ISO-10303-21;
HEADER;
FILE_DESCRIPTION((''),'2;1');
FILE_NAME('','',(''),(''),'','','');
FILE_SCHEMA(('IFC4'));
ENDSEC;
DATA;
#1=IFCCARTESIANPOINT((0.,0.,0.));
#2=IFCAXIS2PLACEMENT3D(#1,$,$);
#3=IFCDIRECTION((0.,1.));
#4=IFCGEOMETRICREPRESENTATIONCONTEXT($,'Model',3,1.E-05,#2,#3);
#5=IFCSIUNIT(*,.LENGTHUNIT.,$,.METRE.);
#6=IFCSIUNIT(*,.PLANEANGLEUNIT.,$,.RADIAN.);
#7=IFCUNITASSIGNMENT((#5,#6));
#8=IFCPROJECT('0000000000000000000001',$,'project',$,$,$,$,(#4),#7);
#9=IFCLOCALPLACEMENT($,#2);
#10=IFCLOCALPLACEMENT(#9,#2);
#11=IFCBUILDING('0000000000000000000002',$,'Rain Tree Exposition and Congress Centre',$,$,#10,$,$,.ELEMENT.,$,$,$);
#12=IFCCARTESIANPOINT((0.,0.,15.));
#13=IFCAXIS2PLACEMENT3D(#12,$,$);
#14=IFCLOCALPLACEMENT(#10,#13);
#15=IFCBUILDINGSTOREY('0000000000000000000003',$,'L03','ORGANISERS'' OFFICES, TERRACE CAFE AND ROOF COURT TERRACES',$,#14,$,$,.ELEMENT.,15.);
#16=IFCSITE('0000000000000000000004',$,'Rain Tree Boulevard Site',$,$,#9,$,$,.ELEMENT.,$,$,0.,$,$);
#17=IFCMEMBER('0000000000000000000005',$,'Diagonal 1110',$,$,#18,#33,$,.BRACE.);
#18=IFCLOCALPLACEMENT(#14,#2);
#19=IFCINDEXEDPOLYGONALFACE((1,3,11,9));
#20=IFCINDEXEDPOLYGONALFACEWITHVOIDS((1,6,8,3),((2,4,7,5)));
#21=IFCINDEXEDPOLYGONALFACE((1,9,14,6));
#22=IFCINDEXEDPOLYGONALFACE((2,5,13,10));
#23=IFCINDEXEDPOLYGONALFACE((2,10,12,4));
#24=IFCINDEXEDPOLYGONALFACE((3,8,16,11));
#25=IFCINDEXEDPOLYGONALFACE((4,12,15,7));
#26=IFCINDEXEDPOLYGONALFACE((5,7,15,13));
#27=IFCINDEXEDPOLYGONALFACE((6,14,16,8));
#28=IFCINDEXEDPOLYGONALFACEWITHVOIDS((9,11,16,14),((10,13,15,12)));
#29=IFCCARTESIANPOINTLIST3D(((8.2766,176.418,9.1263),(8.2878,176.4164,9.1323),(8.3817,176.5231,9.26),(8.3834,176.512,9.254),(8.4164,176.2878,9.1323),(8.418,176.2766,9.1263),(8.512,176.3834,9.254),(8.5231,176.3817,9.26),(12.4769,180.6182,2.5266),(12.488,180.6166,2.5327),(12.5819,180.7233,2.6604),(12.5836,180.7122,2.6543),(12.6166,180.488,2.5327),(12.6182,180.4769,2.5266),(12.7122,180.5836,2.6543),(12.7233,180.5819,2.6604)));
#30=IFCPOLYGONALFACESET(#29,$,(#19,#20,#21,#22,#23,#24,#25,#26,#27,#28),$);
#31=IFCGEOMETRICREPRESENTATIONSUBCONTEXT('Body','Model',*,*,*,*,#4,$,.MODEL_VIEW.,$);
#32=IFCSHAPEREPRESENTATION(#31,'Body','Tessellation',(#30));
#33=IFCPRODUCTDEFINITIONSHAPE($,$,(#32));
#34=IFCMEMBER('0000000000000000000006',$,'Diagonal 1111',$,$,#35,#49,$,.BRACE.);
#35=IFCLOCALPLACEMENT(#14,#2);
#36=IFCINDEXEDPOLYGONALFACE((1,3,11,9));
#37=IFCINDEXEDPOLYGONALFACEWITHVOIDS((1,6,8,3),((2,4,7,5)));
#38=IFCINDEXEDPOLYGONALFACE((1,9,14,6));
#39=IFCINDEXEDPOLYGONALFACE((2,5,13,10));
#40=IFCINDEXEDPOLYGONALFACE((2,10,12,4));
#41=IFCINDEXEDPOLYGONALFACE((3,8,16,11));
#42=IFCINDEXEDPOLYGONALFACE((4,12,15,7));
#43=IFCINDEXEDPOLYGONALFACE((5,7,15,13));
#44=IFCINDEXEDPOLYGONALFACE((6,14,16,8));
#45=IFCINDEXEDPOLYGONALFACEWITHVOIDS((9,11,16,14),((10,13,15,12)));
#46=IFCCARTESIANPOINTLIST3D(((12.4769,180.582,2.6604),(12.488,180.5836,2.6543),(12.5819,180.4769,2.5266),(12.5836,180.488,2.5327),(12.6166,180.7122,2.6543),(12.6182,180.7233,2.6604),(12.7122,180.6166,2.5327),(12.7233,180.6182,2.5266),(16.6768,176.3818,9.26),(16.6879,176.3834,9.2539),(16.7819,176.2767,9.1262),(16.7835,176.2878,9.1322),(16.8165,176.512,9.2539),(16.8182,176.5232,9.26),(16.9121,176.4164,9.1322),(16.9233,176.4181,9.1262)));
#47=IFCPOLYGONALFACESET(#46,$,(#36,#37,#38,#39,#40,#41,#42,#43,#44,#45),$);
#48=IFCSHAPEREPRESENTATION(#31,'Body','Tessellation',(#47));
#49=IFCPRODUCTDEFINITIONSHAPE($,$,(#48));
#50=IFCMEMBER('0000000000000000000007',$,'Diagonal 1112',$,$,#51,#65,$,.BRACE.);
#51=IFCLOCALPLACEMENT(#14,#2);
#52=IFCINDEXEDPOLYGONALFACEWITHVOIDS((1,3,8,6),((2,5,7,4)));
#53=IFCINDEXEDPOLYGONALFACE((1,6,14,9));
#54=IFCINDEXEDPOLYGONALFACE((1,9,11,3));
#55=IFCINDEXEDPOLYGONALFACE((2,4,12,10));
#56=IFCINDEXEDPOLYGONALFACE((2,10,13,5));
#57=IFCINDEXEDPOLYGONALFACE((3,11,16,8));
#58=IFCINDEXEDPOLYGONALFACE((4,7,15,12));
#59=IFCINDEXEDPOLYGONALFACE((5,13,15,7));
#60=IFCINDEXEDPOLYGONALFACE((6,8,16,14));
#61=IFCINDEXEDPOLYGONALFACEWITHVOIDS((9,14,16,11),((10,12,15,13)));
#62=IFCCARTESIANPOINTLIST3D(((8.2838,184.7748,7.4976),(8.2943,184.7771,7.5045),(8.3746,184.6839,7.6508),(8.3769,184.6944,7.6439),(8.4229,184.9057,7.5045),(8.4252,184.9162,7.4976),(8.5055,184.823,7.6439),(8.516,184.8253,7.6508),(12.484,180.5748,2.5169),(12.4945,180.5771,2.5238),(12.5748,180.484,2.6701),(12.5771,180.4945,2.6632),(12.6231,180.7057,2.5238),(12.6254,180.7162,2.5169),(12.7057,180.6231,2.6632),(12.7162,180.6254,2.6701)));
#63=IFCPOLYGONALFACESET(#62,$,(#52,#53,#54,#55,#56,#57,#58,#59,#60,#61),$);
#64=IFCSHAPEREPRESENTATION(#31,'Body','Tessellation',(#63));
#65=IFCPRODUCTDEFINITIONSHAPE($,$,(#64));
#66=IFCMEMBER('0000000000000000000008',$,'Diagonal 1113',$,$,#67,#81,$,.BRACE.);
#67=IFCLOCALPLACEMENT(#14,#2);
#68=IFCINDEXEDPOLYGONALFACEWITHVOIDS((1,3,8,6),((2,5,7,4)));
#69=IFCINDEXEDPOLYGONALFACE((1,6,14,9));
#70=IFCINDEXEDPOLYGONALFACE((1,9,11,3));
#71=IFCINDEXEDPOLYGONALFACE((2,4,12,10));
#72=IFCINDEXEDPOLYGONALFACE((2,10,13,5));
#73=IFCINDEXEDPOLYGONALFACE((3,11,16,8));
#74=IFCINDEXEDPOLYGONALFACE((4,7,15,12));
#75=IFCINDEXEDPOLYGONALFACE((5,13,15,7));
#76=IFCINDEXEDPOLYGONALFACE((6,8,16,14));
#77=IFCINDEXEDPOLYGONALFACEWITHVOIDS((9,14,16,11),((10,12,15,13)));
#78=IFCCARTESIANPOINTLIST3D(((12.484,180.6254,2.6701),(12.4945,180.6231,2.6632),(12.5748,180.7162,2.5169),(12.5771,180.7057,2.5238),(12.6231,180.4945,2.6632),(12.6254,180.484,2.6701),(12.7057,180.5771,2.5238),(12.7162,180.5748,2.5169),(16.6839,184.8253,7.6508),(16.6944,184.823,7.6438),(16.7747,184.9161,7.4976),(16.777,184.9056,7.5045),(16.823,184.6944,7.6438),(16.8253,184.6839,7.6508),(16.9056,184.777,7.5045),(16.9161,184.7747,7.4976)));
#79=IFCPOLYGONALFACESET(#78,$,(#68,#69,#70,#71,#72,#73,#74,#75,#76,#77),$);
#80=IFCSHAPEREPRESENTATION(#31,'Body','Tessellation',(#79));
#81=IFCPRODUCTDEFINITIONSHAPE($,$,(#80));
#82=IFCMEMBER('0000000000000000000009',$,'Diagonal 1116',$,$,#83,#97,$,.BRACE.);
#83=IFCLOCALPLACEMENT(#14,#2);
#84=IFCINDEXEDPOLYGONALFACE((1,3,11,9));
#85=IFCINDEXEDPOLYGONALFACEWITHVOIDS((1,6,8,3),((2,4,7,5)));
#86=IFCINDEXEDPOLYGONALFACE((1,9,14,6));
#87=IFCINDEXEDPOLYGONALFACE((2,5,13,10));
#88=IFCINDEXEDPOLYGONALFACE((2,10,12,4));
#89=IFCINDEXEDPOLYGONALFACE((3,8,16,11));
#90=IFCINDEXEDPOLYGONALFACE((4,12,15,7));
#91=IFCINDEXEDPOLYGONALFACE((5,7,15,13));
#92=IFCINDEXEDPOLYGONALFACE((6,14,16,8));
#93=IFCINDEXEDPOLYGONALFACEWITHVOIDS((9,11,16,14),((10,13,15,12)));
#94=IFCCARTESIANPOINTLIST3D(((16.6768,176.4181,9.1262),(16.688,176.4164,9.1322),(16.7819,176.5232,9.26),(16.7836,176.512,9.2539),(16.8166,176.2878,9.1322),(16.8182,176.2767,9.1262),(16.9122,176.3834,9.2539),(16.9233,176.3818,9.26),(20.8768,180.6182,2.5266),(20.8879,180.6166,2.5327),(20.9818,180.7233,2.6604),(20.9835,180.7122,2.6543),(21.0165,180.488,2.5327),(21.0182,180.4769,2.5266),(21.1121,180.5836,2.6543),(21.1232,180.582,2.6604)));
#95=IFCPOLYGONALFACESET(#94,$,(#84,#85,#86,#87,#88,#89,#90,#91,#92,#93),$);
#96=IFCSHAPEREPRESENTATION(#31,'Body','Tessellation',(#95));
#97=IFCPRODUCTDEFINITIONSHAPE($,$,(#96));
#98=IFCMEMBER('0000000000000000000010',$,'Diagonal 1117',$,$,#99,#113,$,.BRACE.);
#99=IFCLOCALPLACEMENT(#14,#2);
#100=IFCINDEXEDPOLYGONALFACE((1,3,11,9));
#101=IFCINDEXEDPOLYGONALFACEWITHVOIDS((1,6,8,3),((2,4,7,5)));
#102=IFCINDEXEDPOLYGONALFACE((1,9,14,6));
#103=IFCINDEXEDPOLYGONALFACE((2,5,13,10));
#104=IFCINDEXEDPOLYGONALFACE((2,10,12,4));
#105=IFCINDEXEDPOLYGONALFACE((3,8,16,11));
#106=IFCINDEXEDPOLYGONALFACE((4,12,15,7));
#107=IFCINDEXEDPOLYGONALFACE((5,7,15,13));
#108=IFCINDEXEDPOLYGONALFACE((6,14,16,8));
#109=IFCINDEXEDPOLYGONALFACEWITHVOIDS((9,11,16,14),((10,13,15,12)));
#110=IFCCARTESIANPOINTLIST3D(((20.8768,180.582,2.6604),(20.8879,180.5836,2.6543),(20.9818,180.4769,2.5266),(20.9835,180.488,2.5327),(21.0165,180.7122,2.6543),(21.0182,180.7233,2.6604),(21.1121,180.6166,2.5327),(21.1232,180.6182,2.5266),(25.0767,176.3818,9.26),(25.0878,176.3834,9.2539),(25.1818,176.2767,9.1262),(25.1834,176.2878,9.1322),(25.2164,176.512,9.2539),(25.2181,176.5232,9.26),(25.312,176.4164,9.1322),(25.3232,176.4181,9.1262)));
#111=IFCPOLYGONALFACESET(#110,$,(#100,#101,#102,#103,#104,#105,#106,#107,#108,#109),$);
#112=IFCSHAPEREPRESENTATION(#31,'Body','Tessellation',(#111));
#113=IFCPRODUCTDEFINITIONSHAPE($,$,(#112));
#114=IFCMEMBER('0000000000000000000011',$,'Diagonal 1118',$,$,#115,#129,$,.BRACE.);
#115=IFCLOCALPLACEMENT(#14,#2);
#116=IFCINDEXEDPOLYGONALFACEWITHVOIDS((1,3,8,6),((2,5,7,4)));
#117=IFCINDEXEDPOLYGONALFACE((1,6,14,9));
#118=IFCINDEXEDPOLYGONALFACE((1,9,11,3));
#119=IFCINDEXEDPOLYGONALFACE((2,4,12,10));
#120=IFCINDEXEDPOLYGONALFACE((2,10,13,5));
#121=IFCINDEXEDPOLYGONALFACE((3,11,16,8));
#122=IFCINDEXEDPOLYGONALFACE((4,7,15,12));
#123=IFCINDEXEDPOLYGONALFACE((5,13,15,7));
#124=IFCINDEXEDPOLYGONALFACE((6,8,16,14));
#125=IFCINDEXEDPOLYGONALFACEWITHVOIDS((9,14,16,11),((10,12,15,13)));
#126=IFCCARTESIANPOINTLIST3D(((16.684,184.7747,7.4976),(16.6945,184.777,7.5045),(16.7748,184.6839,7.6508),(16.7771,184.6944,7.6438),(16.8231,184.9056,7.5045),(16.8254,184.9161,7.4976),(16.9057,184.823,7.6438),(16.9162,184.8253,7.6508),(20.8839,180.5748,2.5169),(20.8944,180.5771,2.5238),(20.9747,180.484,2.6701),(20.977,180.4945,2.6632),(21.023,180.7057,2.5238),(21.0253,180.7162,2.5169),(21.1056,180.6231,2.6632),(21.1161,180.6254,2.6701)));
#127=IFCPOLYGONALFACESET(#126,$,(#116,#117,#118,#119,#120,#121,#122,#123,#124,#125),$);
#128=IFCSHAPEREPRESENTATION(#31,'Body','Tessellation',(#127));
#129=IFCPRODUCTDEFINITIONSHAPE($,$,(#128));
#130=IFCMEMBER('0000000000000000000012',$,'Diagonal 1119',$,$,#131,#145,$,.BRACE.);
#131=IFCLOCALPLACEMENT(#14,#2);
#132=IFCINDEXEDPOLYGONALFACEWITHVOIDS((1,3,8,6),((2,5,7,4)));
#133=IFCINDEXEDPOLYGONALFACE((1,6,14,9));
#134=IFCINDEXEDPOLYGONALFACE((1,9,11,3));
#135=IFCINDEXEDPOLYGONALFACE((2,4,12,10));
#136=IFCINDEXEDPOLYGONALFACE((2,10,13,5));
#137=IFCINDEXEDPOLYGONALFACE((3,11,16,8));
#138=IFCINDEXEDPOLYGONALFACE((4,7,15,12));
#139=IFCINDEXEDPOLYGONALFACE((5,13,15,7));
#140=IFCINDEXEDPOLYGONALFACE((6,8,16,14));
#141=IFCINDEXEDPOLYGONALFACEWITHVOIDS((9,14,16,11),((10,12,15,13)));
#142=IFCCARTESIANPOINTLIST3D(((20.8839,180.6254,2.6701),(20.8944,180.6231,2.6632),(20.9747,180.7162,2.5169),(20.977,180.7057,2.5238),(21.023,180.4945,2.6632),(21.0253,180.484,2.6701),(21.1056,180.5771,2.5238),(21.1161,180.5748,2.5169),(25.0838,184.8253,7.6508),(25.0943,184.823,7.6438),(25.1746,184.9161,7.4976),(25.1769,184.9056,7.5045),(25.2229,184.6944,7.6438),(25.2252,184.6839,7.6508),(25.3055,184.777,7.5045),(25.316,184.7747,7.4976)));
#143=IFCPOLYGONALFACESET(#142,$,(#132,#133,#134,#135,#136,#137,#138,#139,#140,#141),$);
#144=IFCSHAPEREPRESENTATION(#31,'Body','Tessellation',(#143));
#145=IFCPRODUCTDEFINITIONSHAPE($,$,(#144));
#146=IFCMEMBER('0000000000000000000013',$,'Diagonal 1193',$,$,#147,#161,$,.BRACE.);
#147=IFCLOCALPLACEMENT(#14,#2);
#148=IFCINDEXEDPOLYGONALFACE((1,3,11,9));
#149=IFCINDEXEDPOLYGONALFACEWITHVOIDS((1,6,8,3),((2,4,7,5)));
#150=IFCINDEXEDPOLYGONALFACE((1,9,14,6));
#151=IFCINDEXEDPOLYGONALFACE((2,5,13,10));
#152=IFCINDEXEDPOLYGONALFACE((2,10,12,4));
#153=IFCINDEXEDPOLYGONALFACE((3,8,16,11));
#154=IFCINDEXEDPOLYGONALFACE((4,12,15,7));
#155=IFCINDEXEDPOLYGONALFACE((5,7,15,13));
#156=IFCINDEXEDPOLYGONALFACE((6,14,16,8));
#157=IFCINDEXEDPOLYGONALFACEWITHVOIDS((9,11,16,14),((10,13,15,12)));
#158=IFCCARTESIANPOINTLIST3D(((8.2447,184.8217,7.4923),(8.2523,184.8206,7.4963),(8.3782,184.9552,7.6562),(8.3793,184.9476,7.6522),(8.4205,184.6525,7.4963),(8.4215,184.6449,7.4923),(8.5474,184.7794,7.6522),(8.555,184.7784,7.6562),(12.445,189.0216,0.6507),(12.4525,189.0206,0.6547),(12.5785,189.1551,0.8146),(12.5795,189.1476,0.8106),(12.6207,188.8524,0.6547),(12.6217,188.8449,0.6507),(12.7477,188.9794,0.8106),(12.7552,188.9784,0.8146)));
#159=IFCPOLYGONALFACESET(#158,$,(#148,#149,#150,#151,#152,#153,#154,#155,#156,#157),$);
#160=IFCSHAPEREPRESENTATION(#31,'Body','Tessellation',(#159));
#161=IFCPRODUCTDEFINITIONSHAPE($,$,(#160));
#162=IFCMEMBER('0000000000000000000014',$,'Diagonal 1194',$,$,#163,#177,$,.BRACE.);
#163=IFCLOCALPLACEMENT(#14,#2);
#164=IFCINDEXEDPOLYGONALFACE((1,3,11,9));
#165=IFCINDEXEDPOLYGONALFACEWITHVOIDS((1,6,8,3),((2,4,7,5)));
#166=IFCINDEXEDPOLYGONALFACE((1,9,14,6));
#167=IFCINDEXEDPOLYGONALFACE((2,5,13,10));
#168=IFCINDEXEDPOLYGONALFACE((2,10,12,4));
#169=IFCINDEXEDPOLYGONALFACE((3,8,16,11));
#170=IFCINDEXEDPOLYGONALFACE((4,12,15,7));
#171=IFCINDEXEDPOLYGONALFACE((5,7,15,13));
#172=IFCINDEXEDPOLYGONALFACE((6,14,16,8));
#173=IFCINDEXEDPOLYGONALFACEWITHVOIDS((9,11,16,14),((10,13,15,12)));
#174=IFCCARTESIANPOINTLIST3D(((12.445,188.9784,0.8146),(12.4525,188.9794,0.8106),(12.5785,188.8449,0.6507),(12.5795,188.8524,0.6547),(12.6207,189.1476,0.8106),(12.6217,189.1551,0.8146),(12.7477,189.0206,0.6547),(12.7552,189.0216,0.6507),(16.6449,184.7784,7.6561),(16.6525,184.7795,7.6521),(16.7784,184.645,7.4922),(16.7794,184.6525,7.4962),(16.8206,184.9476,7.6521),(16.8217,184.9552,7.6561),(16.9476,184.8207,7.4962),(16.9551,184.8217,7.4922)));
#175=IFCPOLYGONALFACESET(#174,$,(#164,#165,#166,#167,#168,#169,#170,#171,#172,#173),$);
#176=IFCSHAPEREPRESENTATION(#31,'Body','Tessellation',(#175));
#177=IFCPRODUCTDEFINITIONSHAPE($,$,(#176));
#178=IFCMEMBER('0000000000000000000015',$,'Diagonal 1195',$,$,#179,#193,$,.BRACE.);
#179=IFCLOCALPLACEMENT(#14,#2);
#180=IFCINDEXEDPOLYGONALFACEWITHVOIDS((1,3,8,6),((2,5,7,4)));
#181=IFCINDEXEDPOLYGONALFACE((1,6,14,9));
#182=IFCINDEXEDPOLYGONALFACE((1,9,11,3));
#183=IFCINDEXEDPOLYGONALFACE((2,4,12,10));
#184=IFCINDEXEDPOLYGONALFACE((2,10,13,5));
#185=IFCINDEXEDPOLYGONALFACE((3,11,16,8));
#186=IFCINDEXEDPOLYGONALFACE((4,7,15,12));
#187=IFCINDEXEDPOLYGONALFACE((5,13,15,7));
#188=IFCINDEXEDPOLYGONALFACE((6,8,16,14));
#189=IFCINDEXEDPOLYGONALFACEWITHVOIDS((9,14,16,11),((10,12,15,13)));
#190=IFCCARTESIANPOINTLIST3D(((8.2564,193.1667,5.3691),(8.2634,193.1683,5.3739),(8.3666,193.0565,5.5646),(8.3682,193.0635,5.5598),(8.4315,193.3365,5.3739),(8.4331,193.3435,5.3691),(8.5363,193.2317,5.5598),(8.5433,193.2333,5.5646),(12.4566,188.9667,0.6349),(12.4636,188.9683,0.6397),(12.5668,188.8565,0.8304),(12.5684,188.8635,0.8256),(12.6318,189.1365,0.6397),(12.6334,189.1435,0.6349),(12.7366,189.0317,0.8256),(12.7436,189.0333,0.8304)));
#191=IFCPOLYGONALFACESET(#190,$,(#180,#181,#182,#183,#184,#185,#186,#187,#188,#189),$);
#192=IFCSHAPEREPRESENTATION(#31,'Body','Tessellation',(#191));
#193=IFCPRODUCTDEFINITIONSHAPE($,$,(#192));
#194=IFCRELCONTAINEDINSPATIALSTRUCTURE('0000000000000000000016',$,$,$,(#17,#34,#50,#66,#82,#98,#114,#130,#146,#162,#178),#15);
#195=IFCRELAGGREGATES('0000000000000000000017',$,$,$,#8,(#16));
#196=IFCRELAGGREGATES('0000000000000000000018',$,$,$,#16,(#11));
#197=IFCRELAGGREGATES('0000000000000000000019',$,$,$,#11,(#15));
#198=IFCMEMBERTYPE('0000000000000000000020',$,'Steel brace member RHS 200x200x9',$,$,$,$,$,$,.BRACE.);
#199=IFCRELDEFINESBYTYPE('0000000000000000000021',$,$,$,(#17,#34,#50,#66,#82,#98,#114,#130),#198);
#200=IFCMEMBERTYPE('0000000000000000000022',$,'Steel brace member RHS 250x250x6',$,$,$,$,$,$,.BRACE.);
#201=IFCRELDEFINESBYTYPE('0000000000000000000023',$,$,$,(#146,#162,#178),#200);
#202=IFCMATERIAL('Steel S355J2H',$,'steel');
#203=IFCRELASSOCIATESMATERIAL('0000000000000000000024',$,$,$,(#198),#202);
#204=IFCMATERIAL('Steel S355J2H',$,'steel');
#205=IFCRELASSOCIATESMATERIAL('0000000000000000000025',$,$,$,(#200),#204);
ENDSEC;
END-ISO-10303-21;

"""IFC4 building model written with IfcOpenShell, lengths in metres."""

from ifc_helpers import new_model, si_unit, direction, frame, origin, origin_2d, place, context, subcontext, project, spatial, hollow_rectangle, extrude, material, material_profile, profile_set, type_object, element, save


model = new_model("IFC4")

# Units and contexts
model_context = context("Model", 3, precision=1e-05, world=origin(), true_north=direction((0.0, 1.0)))
body_context = subcontext(model_context, "Body", "Model", "MODEL_VIEW")
ifc_project = project(units=[si_unit("LENGTHUNIT", "METRE"), si_unit("PLANEANGLEUNIT", "RADIAN")], contexts=[model_context])

# Site, building, storey
site_placement = place(None, origin())
site = spatial("IfcSite", under=ifc_project, at=site_placement, Name="Rain Tree Boulevard Site", CompositionType="ELEMENT", RefElevation=0.0)
building_placement = place(site_placement, origin())
building = spatial("IfcBuilding", under=site, at=building_placement, Name="Rain Tree Exposition and Congress Centre", CompositionType="ELEMENT")
storey_placement = place(building_placement, frame((0.0, 0.0, 15.0)))
storey = spatial("IfcBuildingStorey", under=building, at=storey_placement, Name="L03", Description="ORGANISERS' OFFICES, TERRACE CAFE AND ROOF COURT TERRACES", CompositionType="ELEMENT", Elevation=15.0)

# Members
ifc_material_1 = material(Name="Steel S355J2H", Category="steel")
ifc_material_profile_1 = material_profile(ifc_material_1, hollow_rectangle(XDim=0.2, YDim=0.2, WallThickness=0.009, at=origin_2d()), Name="RHS 200x200x9")
ifc_profile_set_1 = profile_set([ifc_material_profile_1], Name="Steel S355J2H")
member_type_1 = type_object("IfcMemberType", Name="Steel brace member RHS 200x200x9", PredefinedType="BRACE", material=ifc_profile_set_1)
member_1_placement = place(storey_placement, frame((12.6001, 180.6001, 2.5935), z_axis=(-0.473044, -0.473044, 0.743276), x_axis=(0.707107, -0.707107, 0.0)))
element("IfcMember", 1, at=member_1_placement, inside=storey, type_object=member_type_1, Name="Diagonal 1110", PredefinedType="BRACE", context=body_context, shape_type="SweptSolid", body=[
    extrude(hollow_rectangle(XDim=0.2, YDim=0.2, WallThickness=0.009, at=origin_2d()), origin(), (0.0, 0.0, 1.0), 8.8792),
])
member_2_placement = place(storey_placement, frame((12.6001, 180.6001, 2.5935), z_axis=(0.473022, -0.47305, 0.743286), x_axis=(0.707127, 0.707086, 0.0)))
element("IfcMember", 2, at=member_2_placement, inside=storey, type_object=member_type_1, Name="Diagonal 1111", PredefinedType="BRACE", context=body_context, shape_type="SweptSolid", body=[
    extrude(hollow_rectangle(XDim=0.2, YDim=0.2, WallThickness=0.009, at=origin_2d()), origin(), (0.0, 0.0, 1.0), 8.8789),
])
member_3_placement = place(storey_placement, frame((12.6001, 180.6001, 2.5935), z_axis=(-0.541842, 0.541811, 0.642532), x_axis=(-0.707086, -0.707127, 0.0)))
element("IfcMember", 3, at=member_3_placement, inside=storey, type_object=member_type_1, Name="Diagonal 1112", PredefinedType="BRACE", context=body_context, shape_type="SweptSolid", body=[
    extrude(hollow_rectangle(XDim=0.2, YDim=0.2, WallThickness=0.009, at=origin_2d()), origin(), (0.0, 0.0, 1.0), 7.7517),
])
member_4_placement = place(storey_placement, frame((12.6001, 180.6001, 2.5935), z_axis=(0.54182, 0.54182, 0.642543), x_axis=(-0.707107, 0.707107, 0.0)))
element("IfcMember", 4, at=member_4_placement, inside=storey, type_object=member_type_1, Name="Diagonal 1113", PredefinedType="BRACE", context=body_context, shape_type="SweptSolid", body=[
    extrude(hollow_rectangle(XDim=0.2, YDim=0.2, WallThickness=0.009, at=origin_2d()), origin(), (0.0, 0.0, 1.0), 7.7515),
])
for number, where, z_axis, x_axis, name in (
    (5, (21.0, 180.6001, 2.5935), (-0.473022, -0.47305, 0.743286), (0.707127, -0.707086, 0.0), "Diagonal 1116"),
    (6, (21.0, 180.6001, 2.5935), (0.473022, -0.47305, 0.743286), (0.707127, 0.707086, 0.0), "Diagonal 1117"),
):
    element("IfcMember", number, at=place(storey_placement, frame(where, z_axis=z_axis, x_axis=x_axis)), inside=storey, type_object=member_type_1, Name=name, PredefinedType="BRACE", context=body_context, shape_type="SweptSolid", body=[
        extrude(hollow_rectangle(XDim=0.2, YDim=0.2, WallThickness=0.009, at=origin_2d()), origin(), (0.0, 0.0, 1.0), 8.8789),
    ])
for number, where, z_axis, x_axis, name in (
    (7, (21.0, 180.6001, 2.5935), (-0.54182, 0.54182, 0.642543), (-0.707107, -0.707107, 0.0), "Diagonal 1118"),
    (8, (21.0, 180.6001, 2.5935), (0.54182, 0.54182, 0.642543), (-0.707107, 0.707107, 0.0), "Diagonal 1119"),
):
    element("IfcMember", number, at=place(storey_placement, frame(where, z_axis=z_axis, x_axis=x_axis)), inside=storey, type_object=member_type_1, Name=name, PredefinedType="BRACE", context=body_context, shape_type="SweptSolid", body=[
        extrude(hollow_rectangle(XDim=0.2, YDim=0.2, WallThickness=0.009, at=origin_2d()), origin(), (0.0, 0.0, 1.0), 7.7515),
    ])
ifc_material_2 = material(Name="Steel S355J2H", Category="steel")
ifc_material_profile_2 = material_profile(ifc_material_2, hollow_rectangle(XDim=0.25, YDim=0.25, WallThickness=0.0061, at=origin_2d()), Name="RHS 250x250x6")
ifc_profile_set_2 = profile_set([ifc_material_profile_2], Name="Steel S355J2H")
member_type_2 = type_object("IfcMemberType", Name="Steel brace member RHS 250x250x6", PredefinedType="BRACE", material=ifc_profile_set_2)
member_5_placement = place(storey_placement, frame((12.6001, 189.0, 0.7327), z_axis=(-0.463585, -0.463558, 0.755118), x_axis=(0.707086, -0.707127, 0.0)))
element("IfcMember", 9, at=member_5_placement, inside=storey, type_object=member_type_2, Name="Diagonal 1193", PredefinedType="BRACE", context=body_context, shape_type="SweptSolid", body=[
    extrude(hollow_rectangle(XDim=0.25, YDim=0.25, WallThickness=0.0061, at=origin_2d()), origin(), (0.0, 0.0, 1.0), 9.0603),
])
member_6_placement = place(storey_placement, frame((12.6001, 189.0, 0.7327), z_axis=(0.463564, -0.463564, 0.755127), x_axis=(0.707107, 0.707107, 0.0)))
element("IfcMember", 10, at=member_6_placement, inside=storey, type_object=member_type_2, Name="Diagonal 1194", PredefinedType="BRACE", context=body_context, shape_type="SweptSolid", body=[
    extrude(hollow_rectangle(XDim=0.25, YDim=0.25, WallThickness=0.0061, at=origin_2d()), origin(), (0.0, 0.0, 1.0), 9.0601),
])
member_7_placement = place(storey_placement, frame((12.6001, 189.0, 0.7327), z_axis=(-0.552977, 0.552945, 0.623272), x_axis=(-0.707086, -0.707127, 0.0)))
element("IfcMember", 11, at=member_7_placement, inside=storey, type_object=member_type_2, Name="Diagonal 1195", PredefinedType="BRACE", context=body_context, shape_type="SweptSolid", body=[
    extrude(hollow_rectangle(XDim=0.25, YDim=0.25, WallThickness=0.0061, at=origin_2d()), origin(), (0.0, 0.0, 1.0), 7.5957),
])

save(model, "model.ifc")
